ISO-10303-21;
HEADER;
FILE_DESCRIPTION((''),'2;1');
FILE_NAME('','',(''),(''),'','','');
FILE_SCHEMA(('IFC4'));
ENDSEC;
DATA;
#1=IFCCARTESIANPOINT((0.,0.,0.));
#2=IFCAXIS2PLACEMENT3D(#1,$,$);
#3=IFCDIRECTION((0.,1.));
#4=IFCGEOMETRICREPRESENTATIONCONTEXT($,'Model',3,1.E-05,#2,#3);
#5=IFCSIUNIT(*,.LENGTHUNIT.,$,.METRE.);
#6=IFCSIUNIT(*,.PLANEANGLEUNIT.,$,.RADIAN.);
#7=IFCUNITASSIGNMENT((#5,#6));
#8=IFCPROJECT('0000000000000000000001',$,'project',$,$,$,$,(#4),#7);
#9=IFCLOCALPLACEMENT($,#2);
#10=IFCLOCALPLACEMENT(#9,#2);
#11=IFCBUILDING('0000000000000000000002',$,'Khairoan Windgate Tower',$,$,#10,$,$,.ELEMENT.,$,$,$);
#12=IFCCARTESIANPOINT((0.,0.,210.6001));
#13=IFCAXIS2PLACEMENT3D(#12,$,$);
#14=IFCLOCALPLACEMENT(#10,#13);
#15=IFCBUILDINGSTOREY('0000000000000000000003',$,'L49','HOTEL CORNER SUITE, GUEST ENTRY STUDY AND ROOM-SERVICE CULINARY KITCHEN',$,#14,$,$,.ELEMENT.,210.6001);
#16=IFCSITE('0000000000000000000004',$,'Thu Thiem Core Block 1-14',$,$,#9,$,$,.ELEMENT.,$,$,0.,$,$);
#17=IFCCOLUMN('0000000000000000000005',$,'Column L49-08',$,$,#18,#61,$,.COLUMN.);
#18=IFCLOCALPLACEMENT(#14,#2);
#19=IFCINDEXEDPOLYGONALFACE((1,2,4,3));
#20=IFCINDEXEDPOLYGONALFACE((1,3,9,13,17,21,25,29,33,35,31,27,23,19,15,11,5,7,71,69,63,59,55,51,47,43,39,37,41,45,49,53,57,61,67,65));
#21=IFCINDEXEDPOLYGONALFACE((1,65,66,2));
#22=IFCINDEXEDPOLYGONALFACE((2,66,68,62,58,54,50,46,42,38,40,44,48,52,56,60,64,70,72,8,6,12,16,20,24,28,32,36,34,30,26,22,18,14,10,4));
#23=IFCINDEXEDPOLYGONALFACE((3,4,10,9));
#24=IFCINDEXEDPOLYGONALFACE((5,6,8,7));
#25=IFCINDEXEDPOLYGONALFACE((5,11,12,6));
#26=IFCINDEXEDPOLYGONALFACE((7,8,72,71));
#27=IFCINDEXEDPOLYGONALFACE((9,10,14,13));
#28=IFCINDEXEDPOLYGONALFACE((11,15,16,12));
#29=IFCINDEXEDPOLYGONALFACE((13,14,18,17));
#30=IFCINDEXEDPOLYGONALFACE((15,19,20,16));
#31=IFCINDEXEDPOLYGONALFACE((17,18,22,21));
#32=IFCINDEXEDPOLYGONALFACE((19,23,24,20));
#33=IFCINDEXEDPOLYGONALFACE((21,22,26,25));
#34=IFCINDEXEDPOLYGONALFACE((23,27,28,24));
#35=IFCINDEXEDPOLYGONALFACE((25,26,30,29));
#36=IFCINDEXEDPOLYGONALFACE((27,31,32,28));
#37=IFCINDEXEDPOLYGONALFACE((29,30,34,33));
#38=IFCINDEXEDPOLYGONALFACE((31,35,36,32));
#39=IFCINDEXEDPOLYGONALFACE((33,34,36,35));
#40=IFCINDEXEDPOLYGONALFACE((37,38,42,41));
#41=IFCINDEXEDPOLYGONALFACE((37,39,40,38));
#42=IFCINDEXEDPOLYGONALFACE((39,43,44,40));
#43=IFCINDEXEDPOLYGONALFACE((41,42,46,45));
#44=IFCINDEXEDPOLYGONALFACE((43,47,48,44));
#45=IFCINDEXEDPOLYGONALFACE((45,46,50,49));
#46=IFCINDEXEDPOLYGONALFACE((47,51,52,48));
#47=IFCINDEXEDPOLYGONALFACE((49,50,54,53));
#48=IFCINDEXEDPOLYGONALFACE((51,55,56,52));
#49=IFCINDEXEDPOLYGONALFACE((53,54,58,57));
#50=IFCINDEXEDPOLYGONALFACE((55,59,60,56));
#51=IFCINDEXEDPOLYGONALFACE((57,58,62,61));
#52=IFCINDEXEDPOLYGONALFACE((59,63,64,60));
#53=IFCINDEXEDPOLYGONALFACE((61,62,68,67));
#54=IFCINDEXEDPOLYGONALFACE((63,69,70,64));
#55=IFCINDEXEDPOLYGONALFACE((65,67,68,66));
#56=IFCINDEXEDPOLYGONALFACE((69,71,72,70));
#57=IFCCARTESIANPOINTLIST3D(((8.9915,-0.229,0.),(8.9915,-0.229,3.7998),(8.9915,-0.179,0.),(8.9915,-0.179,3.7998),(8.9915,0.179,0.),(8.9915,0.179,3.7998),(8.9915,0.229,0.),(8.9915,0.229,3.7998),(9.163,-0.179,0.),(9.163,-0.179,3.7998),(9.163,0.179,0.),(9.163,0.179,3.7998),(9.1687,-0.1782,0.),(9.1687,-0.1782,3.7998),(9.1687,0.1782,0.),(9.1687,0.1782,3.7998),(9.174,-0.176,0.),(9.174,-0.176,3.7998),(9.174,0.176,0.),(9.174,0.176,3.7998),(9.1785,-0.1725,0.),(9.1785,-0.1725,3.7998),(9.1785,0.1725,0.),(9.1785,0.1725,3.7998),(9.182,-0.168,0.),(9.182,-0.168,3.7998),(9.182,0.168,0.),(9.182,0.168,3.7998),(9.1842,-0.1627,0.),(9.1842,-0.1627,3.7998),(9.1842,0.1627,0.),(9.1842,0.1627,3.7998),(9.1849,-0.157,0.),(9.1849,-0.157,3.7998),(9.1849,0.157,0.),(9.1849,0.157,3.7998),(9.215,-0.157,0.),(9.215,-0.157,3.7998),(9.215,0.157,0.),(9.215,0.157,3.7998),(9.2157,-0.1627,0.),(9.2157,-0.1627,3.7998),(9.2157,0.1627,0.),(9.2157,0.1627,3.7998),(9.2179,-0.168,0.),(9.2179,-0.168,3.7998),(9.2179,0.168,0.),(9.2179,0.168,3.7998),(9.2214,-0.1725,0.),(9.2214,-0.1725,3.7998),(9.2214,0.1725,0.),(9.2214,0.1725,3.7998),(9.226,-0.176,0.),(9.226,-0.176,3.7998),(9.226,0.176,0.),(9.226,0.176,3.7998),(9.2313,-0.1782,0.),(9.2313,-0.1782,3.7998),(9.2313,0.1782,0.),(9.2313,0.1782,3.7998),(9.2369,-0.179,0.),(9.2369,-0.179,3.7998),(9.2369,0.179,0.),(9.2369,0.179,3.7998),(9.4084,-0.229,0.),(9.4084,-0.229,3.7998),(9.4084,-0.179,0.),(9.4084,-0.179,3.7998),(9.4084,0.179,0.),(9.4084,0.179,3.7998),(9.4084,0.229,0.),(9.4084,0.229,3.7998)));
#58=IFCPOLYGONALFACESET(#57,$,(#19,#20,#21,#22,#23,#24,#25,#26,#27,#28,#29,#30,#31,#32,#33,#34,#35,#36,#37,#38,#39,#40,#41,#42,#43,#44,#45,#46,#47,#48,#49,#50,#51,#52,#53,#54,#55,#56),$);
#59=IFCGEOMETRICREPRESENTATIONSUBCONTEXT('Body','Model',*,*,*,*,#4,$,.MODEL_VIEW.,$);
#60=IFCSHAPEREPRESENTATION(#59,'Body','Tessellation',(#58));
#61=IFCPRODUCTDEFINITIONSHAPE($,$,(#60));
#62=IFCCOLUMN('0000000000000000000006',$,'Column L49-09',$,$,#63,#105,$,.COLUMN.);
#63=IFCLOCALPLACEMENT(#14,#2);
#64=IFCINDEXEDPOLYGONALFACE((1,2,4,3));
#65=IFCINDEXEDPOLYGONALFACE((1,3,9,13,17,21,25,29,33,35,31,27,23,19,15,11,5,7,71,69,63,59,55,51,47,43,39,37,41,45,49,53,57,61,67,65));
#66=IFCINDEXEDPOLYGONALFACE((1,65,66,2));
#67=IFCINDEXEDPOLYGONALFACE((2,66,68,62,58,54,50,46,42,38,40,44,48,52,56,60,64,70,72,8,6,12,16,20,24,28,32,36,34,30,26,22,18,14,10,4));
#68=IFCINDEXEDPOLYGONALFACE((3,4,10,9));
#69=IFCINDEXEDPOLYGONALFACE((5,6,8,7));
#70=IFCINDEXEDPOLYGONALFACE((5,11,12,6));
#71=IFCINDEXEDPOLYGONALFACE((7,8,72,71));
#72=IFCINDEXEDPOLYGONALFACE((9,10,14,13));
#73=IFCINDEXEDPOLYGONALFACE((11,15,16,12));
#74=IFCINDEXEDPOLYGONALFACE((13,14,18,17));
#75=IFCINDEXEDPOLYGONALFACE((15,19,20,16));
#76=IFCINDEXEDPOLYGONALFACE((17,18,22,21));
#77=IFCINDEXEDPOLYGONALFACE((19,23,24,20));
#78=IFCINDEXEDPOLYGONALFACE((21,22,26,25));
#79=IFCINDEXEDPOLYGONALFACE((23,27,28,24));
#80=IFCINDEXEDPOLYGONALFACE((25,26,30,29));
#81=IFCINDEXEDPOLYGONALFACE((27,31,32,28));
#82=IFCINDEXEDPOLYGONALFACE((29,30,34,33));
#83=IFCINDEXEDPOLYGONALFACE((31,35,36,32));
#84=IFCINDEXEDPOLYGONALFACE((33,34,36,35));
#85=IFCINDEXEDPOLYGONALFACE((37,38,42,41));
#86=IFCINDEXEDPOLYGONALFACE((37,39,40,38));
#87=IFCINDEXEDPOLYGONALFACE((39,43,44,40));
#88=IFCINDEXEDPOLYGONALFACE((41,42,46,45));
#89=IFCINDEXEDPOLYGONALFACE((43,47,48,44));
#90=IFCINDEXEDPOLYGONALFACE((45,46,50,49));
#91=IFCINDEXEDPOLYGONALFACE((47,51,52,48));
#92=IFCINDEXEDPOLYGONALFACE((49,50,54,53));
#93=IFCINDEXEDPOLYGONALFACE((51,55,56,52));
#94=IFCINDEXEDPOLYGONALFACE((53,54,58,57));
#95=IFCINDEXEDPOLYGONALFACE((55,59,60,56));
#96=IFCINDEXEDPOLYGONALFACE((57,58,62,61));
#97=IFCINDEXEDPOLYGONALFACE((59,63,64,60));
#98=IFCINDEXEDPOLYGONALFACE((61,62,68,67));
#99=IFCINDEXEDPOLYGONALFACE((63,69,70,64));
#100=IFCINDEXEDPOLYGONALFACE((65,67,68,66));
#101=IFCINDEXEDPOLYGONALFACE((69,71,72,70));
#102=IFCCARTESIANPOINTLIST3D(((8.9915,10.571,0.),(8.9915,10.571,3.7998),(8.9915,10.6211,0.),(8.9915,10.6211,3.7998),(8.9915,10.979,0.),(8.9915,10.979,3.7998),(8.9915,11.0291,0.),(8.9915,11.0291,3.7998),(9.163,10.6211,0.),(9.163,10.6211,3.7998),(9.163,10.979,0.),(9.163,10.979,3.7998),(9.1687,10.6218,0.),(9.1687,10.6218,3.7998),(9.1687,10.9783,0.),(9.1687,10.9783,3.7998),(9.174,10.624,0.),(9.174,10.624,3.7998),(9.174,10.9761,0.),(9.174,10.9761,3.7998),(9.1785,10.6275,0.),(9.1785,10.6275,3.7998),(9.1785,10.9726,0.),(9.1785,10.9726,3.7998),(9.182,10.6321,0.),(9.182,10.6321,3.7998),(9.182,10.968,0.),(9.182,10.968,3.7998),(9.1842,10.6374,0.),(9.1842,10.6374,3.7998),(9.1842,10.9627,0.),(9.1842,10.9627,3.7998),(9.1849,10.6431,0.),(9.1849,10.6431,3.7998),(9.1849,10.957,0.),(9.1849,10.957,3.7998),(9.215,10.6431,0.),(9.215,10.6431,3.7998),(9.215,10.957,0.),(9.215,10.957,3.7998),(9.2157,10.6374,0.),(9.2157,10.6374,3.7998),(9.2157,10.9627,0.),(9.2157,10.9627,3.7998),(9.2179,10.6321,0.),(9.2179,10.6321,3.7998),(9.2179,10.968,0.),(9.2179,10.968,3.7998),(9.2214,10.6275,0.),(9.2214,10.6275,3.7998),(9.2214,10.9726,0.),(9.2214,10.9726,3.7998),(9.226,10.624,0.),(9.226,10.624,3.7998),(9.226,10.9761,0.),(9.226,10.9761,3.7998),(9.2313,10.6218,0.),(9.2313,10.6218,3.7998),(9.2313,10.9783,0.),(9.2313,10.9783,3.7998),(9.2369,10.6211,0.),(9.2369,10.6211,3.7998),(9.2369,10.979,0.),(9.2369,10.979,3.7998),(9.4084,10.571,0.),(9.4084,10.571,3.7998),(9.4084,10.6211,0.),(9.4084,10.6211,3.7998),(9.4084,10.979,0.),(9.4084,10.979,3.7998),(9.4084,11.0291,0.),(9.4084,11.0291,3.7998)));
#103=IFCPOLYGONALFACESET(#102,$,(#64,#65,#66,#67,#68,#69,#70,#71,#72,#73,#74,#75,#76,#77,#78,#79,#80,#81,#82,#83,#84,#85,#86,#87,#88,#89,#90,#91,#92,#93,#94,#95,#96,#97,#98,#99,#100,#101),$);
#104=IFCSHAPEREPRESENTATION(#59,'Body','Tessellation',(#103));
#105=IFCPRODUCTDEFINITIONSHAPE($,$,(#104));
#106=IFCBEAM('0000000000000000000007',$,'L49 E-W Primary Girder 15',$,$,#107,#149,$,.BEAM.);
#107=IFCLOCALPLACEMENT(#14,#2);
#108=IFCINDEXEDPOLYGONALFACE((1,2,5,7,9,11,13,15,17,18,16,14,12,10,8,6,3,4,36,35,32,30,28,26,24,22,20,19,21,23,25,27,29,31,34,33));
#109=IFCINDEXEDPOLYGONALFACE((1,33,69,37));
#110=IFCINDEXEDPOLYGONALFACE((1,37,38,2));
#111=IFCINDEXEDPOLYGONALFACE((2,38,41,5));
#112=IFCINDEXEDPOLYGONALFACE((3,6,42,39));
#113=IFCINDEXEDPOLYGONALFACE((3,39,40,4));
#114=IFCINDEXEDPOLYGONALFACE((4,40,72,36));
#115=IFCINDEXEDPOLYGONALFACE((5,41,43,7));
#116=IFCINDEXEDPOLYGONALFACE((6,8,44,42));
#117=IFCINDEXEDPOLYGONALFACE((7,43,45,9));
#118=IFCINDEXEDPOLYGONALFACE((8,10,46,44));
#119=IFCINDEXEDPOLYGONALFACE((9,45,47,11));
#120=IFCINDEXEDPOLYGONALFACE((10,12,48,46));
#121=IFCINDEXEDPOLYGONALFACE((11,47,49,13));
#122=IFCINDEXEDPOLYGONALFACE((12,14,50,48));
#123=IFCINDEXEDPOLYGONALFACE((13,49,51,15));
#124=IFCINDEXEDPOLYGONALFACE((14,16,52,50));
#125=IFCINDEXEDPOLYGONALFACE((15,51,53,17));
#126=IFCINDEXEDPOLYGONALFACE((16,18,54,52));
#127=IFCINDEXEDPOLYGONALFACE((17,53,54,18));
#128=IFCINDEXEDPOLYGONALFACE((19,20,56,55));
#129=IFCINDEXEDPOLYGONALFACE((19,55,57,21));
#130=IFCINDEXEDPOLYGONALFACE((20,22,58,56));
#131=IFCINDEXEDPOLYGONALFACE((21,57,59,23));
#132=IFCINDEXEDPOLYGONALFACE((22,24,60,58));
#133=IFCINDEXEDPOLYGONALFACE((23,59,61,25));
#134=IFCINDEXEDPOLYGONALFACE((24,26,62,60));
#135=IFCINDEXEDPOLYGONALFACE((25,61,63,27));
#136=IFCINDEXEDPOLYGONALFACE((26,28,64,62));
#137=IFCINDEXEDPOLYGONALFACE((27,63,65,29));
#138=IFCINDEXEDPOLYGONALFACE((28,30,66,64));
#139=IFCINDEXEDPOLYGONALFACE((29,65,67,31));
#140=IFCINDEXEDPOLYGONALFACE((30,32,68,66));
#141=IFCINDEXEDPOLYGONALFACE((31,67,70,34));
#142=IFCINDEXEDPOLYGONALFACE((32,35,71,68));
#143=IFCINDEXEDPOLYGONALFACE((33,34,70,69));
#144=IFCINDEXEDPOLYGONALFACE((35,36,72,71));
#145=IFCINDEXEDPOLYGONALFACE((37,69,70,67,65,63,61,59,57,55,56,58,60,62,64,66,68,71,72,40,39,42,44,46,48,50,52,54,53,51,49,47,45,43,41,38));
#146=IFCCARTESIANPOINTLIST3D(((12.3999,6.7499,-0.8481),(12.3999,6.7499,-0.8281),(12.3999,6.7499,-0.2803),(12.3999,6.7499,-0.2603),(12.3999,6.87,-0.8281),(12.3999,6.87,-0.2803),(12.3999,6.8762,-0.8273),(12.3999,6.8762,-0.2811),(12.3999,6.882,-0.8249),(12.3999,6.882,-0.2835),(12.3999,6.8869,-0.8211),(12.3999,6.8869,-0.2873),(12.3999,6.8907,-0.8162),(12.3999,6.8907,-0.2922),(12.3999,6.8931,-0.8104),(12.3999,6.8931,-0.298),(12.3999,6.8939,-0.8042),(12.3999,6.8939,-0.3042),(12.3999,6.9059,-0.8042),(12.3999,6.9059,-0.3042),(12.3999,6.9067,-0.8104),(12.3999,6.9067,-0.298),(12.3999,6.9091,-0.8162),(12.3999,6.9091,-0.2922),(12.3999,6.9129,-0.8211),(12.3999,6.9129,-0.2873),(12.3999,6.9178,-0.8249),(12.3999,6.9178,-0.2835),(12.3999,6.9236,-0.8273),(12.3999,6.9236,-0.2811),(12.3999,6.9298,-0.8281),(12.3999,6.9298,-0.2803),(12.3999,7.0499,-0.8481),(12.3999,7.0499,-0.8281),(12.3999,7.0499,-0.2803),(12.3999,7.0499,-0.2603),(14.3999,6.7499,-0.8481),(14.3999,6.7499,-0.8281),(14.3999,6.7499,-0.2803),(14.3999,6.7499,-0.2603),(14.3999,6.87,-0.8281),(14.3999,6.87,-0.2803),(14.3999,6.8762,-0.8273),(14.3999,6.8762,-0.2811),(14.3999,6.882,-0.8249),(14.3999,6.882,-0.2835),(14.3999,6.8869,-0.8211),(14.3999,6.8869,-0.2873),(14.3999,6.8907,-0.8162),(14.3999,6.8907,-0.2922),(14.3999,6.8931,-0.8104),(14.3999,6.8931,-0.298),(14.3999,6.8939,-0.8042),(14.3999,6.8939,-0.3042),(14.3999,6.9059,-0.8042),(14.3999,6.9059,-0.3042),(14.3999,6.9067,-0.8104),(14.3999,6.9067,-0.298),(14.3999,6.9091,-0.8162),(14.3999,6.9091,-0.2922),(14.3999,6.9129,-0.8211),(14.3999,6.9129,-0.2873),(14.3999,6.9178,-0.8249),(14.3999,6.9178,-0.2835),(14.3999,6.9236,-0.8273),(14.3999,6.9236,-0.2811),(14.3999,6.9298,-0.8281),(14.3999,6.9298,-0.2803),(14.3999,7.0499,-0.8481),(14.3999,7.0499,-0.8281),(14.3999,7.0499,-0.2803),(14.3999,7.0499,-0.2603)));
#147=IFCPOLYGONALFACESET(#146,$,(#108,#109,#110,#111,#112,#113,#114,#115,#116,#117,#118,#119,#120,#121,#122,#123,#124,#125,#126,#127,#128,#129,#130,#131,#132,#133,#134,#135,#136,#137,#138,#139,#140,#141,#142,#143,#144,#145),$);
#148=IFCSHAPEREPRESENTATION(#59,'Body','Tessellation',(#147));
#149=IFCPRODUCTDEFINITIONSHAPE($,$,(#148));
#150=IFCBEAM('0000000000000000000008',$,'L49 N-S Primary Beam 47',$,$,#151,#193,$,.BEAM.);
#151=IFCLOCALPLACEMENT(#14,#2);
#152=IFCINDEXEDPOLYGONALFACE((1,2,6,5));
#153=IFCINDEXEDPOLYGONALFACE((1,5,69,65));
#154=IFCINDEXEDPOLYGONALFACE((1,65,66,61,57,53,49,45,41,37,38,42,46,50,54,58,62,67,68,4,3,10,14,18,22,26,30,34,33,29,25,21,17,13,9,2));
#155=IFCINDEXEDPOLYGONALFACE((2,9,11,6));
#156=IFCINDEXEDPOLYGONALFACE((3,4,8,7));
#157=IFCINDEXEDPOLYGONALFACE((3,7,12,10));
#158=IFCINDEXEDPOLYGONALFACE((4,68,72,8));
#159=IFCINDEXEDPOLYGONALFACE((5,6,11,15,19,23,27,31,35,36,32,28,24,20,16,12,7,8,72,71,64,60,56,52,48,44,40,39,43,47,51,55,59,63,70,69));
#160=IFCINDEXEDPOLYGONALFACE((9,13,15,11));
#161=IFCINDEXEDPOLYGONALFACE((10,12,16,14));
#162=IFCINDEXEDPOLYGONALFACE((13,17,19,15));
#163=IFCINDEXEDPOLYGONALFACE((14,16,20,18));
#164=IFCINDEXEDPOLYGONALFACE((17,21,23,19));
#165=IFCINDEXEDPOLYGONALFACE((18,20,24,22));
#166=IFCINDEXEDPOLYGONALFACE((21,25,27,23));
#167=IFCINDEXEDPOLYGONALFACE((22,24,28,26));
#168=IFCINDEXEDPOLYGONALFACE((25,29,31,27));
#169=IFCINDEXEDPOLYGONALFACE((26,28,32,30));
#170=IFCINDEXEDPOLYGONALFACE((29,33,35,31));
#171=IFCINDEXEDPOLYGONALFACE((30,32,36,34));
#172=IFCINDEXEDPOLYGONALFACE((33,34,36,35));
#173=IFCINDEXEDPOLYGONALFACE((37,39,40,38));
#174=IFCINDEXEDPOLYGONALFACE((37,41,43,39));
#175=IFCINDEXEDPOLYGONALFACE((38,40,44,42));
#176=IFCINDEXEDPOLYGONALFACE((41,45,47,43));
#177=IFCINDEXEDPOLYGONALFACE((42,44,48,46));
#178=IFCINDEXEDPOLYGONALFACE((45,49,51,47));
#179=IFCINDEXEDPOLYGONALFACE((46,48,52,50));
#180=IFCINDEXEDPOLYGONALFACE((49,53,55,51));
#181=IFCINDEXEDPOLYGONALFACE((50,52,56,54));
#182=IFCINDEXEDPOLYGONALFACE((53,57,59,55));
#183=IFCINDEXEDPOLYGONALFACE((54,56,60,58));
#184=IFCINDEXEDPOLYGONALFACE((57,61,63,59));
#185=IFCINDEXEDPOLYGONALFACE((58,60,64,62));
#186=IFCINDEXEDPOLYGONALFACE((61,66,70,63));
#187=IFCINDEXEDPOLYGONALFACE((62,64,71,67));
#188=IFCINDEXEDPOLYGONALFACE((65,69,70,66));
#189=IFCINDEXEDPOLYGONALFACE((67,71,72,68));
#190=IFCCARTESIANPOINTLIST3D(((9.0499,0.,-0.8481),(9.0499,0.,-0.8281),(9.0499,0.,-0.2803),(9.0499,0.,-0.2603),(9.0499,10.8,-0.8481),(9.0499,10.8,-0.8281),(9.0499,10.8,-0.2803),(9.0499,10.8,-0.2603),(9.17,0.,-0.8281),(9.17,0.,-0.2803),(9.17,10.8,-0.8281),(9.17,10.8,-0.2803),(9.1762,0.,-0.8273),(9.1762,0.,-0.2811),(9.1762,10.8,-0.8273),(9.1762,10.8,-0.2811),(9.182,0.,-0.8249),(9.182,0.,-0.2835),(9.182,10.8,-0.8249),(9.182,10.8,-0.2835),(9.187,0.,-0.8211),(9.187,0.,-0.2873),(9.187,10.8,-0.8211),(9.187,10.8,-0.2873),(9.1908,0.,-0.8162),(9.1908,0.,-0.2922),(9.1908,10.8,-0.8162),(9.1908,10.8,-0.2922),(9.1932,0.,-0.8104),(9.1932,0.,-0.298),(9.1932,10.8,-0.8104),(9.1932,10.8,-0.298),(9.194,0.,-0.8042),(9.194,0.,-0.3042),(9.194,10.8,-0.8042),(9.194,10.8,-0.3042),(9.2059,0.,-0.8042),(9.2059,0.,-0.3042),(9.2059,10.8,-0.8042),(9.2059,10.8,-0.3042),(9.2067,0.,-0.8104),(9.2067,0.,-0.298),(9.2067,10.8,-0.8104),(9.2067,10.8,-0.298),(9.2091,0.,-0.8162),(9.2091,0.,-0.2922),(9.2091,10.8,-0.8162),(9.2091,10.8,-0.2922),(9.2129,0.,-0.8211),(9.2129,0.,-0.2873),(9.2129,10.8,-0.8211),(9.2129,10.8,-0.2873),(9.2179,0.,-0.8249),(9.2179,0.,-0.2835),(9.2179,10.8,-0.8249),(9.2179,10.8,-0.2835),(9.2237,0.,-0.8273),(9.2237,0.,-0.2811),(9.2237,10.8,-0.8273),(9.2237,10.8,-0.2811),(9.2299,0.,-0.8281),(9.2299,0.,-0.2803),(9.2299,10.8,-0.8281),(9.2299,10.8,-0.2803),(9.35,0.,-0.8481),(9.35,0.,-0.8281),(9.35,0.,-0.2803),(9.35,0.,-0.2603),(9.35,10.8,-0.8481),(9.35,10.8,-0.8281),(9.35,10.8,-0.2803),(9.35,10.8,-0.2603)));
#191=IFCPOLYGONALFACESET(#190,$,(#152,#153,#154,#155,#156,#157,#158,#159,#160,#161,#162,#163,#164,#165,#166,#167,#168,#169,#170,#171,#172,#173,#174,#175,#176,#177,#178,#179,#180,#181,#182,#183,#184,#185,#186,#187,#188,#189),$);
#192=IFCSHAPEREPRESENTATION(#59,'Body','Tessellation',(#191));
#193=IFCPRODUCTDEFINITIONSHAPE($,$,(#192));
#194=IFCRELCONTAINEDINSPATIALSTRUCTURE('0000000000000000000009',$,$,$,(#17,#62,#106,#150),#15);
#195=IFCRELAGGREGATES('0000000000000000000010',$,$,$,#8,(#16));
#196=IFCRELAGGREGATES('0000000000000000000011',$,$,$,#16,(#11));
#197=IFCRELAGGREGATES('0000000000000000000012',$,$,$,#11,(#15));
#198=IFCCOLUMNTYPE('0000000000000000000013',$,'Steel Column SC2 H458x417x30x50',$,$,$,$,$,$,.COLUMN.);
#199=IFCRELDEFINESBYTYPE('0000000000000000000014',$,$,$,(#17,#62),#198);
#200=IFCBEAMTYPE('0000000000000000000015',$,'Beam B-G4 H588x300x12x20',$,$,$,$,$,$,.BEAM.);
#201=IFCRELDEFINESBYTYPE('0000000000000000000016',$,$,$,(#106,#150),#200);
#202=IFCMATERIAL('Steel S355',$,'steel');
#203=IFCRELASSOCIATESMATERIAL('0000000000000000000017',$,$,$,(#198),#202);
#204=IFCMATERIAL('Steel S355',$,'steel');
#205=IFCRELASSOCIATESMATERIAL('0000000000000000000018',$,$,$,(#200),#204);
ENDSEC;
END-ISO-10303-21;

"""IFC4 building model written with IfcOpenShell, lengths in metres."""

from ifc_helpers import new_model, si_unit, direction, frame, origin, origin_2d, place, context, subcontext, project, spatial, i_section, extrude, material, material_profile, profile_set, type_object, element, save


model = new_model("IFC4")

# Units and contexts
model_context = context("Model", 3, precision=1e-05, world=origin(), true_north=direction((0.0, 1.0)))
body_context = subcontext(model_context, "Body", "Model", "MODEL_VIEW")
ifc_project = project(units=[si_unit("LENGTHUNIT", "METRE"), si_unit("PLANEANGLEUNIT", "RADIAN")], contexts=[model_context])

# Site, building, storey
site_placement = place(None, origin())
site = spatial("IfcSite", under=ifc_project, at=site_placement, Name="Thu Thiem Core Block 1-14", CompositionType="ELEMENT", RefElevation=0.0)
building_placement = place(site_placement, origin())
building = spatial("IfcBuilding", under=site, at=building_placement, Name="Khairoan Windgate Tower", CompositionType="ELEMENT")
storey_placement = place(building_placement, frame((0.0, 0.0, 210.6001)))
storey = spatial("IfcBuildingStorey", under=building, at=storey_placement, Name="L49", Description="HOTEL CORNER SUITE, GUEST ENTRY STUDY AND ROOM-SERVICE CULINARY KITCHEN", CompositionType="ELEMENT", Elevation=210.6001)

# Columns
ifc_material_1 = material(Name="Steel S355", Category="steel")
ifc_material_profile_1 = material_profile(ifc_material_1, i_section(OverallWidth=0.417, OverallDepth=0.458, WebThickness=0.03, FlangeThickness=0.05, FilletRadius=0.022, at=origin_2d()))
ifc_profile_set_1 = profile_set([ifc_material_profile_1], Name="Steel S355")
column_type = type_object("IfcColumnType", Name="Steel Column SC2 H458x417x30x50", PredefinedType="COLUMN", material=ifc_profile_set_1)
for number, where, z_axis, x_axis, name in (
    (1, (9.2, 0.0, 0.0), (0.0, 0.0, 1.0), (1.0, 0.0, 0.0), "Column L49-08"),
    (2, (9.2, 10.8, 0.0), (0.0, 0.0, 1.0), (1.0, 0.0, 0.0), "Column L49-09"),
):
    element("IfcColumn", number, at=place(storey_placement, frame(where, z_axis=z_axis, x_axis=x_axis)), inside=storey, type_object=column_type, Name=name, PredefinedType="COLUMN", context=body_context, shape_type="SweptSolid", body=[
        extrude(i_section(OverallWidth=0.417, OverallDepth=0.458, WebThickness=0.03, FlangeThickness=0.05, FilletRadius=0.022, at=origin_2d()), origin(), (0.0, 0.0, 1.0), 3.7998),
    ])

# Beams
ifc_material_2 = material(Name="Steel S355", Category="steel")
ifc_material_profile_2 = material_profile(ifc_material_2, i_section(OverallWidth=0.3, OverallDepth=0.5879, WebThickness=0.012, FlangeThickness=0.02, FilletRadius=0.0239, at=origin_2d()))
ifc_profile_set_2 = profile_set([ifc_material_profile_2], Name="Steel S355")
beam_type_1 = type_object("IfcBeamType", Name="Beam B-G4 H588x300x12x20", PredefinedType="BEAM", material=ifc_profile_set_2)
beam_1_placement = place(storey_placement, frame((12.3999, 6.8999, -0.5542), z_axis=(1.0, 0.0, 0.0), x_axis=(0.0, 1.0, 0.0)))
element("IfcBeam", 3, at=beam_1_placement, inside=storey, type_object=beam_type_1, Name="L49 E-W Primary Girder 15", PredefinedType="BEAM", context=body_context, shape_type="SweptSolid", body=[
    extrude(i_section(OverallWidth=0.3, OverallDepth=0.5879, WebThickness=0.012, FlangeThickness=0.02, FilletRadius=0.0239, at=origin_2d()), origin(), (0.0, 0.0, 1.0), 2.0),
])
beam_2_placement = place(storey_placement, frame((9.2, 0.0, -0.5542), z_axis=(0.0, 1.0, 0.0), x_axis=(-1.0, 0.0, 0.0)))
element("IfcBeam", 4, at=beam_2_placement, inside=storey, type_object=beam_type_1, Name="L49 N-S Primary Beam 47", PredefinedType="BEAM", context=body_context, shape_type="SweptSolid", body=[
    extrude(i_section(OverallWidth=0.3, OverallDepth=0.5879, WebThickness=0.012, FlangeThickness=0.02, FilletRadius=0.0239, at=origin_2d()), origin(), (0.0, 0.0, 1.0), 10.8),
])

save(model, "model.ifc")
